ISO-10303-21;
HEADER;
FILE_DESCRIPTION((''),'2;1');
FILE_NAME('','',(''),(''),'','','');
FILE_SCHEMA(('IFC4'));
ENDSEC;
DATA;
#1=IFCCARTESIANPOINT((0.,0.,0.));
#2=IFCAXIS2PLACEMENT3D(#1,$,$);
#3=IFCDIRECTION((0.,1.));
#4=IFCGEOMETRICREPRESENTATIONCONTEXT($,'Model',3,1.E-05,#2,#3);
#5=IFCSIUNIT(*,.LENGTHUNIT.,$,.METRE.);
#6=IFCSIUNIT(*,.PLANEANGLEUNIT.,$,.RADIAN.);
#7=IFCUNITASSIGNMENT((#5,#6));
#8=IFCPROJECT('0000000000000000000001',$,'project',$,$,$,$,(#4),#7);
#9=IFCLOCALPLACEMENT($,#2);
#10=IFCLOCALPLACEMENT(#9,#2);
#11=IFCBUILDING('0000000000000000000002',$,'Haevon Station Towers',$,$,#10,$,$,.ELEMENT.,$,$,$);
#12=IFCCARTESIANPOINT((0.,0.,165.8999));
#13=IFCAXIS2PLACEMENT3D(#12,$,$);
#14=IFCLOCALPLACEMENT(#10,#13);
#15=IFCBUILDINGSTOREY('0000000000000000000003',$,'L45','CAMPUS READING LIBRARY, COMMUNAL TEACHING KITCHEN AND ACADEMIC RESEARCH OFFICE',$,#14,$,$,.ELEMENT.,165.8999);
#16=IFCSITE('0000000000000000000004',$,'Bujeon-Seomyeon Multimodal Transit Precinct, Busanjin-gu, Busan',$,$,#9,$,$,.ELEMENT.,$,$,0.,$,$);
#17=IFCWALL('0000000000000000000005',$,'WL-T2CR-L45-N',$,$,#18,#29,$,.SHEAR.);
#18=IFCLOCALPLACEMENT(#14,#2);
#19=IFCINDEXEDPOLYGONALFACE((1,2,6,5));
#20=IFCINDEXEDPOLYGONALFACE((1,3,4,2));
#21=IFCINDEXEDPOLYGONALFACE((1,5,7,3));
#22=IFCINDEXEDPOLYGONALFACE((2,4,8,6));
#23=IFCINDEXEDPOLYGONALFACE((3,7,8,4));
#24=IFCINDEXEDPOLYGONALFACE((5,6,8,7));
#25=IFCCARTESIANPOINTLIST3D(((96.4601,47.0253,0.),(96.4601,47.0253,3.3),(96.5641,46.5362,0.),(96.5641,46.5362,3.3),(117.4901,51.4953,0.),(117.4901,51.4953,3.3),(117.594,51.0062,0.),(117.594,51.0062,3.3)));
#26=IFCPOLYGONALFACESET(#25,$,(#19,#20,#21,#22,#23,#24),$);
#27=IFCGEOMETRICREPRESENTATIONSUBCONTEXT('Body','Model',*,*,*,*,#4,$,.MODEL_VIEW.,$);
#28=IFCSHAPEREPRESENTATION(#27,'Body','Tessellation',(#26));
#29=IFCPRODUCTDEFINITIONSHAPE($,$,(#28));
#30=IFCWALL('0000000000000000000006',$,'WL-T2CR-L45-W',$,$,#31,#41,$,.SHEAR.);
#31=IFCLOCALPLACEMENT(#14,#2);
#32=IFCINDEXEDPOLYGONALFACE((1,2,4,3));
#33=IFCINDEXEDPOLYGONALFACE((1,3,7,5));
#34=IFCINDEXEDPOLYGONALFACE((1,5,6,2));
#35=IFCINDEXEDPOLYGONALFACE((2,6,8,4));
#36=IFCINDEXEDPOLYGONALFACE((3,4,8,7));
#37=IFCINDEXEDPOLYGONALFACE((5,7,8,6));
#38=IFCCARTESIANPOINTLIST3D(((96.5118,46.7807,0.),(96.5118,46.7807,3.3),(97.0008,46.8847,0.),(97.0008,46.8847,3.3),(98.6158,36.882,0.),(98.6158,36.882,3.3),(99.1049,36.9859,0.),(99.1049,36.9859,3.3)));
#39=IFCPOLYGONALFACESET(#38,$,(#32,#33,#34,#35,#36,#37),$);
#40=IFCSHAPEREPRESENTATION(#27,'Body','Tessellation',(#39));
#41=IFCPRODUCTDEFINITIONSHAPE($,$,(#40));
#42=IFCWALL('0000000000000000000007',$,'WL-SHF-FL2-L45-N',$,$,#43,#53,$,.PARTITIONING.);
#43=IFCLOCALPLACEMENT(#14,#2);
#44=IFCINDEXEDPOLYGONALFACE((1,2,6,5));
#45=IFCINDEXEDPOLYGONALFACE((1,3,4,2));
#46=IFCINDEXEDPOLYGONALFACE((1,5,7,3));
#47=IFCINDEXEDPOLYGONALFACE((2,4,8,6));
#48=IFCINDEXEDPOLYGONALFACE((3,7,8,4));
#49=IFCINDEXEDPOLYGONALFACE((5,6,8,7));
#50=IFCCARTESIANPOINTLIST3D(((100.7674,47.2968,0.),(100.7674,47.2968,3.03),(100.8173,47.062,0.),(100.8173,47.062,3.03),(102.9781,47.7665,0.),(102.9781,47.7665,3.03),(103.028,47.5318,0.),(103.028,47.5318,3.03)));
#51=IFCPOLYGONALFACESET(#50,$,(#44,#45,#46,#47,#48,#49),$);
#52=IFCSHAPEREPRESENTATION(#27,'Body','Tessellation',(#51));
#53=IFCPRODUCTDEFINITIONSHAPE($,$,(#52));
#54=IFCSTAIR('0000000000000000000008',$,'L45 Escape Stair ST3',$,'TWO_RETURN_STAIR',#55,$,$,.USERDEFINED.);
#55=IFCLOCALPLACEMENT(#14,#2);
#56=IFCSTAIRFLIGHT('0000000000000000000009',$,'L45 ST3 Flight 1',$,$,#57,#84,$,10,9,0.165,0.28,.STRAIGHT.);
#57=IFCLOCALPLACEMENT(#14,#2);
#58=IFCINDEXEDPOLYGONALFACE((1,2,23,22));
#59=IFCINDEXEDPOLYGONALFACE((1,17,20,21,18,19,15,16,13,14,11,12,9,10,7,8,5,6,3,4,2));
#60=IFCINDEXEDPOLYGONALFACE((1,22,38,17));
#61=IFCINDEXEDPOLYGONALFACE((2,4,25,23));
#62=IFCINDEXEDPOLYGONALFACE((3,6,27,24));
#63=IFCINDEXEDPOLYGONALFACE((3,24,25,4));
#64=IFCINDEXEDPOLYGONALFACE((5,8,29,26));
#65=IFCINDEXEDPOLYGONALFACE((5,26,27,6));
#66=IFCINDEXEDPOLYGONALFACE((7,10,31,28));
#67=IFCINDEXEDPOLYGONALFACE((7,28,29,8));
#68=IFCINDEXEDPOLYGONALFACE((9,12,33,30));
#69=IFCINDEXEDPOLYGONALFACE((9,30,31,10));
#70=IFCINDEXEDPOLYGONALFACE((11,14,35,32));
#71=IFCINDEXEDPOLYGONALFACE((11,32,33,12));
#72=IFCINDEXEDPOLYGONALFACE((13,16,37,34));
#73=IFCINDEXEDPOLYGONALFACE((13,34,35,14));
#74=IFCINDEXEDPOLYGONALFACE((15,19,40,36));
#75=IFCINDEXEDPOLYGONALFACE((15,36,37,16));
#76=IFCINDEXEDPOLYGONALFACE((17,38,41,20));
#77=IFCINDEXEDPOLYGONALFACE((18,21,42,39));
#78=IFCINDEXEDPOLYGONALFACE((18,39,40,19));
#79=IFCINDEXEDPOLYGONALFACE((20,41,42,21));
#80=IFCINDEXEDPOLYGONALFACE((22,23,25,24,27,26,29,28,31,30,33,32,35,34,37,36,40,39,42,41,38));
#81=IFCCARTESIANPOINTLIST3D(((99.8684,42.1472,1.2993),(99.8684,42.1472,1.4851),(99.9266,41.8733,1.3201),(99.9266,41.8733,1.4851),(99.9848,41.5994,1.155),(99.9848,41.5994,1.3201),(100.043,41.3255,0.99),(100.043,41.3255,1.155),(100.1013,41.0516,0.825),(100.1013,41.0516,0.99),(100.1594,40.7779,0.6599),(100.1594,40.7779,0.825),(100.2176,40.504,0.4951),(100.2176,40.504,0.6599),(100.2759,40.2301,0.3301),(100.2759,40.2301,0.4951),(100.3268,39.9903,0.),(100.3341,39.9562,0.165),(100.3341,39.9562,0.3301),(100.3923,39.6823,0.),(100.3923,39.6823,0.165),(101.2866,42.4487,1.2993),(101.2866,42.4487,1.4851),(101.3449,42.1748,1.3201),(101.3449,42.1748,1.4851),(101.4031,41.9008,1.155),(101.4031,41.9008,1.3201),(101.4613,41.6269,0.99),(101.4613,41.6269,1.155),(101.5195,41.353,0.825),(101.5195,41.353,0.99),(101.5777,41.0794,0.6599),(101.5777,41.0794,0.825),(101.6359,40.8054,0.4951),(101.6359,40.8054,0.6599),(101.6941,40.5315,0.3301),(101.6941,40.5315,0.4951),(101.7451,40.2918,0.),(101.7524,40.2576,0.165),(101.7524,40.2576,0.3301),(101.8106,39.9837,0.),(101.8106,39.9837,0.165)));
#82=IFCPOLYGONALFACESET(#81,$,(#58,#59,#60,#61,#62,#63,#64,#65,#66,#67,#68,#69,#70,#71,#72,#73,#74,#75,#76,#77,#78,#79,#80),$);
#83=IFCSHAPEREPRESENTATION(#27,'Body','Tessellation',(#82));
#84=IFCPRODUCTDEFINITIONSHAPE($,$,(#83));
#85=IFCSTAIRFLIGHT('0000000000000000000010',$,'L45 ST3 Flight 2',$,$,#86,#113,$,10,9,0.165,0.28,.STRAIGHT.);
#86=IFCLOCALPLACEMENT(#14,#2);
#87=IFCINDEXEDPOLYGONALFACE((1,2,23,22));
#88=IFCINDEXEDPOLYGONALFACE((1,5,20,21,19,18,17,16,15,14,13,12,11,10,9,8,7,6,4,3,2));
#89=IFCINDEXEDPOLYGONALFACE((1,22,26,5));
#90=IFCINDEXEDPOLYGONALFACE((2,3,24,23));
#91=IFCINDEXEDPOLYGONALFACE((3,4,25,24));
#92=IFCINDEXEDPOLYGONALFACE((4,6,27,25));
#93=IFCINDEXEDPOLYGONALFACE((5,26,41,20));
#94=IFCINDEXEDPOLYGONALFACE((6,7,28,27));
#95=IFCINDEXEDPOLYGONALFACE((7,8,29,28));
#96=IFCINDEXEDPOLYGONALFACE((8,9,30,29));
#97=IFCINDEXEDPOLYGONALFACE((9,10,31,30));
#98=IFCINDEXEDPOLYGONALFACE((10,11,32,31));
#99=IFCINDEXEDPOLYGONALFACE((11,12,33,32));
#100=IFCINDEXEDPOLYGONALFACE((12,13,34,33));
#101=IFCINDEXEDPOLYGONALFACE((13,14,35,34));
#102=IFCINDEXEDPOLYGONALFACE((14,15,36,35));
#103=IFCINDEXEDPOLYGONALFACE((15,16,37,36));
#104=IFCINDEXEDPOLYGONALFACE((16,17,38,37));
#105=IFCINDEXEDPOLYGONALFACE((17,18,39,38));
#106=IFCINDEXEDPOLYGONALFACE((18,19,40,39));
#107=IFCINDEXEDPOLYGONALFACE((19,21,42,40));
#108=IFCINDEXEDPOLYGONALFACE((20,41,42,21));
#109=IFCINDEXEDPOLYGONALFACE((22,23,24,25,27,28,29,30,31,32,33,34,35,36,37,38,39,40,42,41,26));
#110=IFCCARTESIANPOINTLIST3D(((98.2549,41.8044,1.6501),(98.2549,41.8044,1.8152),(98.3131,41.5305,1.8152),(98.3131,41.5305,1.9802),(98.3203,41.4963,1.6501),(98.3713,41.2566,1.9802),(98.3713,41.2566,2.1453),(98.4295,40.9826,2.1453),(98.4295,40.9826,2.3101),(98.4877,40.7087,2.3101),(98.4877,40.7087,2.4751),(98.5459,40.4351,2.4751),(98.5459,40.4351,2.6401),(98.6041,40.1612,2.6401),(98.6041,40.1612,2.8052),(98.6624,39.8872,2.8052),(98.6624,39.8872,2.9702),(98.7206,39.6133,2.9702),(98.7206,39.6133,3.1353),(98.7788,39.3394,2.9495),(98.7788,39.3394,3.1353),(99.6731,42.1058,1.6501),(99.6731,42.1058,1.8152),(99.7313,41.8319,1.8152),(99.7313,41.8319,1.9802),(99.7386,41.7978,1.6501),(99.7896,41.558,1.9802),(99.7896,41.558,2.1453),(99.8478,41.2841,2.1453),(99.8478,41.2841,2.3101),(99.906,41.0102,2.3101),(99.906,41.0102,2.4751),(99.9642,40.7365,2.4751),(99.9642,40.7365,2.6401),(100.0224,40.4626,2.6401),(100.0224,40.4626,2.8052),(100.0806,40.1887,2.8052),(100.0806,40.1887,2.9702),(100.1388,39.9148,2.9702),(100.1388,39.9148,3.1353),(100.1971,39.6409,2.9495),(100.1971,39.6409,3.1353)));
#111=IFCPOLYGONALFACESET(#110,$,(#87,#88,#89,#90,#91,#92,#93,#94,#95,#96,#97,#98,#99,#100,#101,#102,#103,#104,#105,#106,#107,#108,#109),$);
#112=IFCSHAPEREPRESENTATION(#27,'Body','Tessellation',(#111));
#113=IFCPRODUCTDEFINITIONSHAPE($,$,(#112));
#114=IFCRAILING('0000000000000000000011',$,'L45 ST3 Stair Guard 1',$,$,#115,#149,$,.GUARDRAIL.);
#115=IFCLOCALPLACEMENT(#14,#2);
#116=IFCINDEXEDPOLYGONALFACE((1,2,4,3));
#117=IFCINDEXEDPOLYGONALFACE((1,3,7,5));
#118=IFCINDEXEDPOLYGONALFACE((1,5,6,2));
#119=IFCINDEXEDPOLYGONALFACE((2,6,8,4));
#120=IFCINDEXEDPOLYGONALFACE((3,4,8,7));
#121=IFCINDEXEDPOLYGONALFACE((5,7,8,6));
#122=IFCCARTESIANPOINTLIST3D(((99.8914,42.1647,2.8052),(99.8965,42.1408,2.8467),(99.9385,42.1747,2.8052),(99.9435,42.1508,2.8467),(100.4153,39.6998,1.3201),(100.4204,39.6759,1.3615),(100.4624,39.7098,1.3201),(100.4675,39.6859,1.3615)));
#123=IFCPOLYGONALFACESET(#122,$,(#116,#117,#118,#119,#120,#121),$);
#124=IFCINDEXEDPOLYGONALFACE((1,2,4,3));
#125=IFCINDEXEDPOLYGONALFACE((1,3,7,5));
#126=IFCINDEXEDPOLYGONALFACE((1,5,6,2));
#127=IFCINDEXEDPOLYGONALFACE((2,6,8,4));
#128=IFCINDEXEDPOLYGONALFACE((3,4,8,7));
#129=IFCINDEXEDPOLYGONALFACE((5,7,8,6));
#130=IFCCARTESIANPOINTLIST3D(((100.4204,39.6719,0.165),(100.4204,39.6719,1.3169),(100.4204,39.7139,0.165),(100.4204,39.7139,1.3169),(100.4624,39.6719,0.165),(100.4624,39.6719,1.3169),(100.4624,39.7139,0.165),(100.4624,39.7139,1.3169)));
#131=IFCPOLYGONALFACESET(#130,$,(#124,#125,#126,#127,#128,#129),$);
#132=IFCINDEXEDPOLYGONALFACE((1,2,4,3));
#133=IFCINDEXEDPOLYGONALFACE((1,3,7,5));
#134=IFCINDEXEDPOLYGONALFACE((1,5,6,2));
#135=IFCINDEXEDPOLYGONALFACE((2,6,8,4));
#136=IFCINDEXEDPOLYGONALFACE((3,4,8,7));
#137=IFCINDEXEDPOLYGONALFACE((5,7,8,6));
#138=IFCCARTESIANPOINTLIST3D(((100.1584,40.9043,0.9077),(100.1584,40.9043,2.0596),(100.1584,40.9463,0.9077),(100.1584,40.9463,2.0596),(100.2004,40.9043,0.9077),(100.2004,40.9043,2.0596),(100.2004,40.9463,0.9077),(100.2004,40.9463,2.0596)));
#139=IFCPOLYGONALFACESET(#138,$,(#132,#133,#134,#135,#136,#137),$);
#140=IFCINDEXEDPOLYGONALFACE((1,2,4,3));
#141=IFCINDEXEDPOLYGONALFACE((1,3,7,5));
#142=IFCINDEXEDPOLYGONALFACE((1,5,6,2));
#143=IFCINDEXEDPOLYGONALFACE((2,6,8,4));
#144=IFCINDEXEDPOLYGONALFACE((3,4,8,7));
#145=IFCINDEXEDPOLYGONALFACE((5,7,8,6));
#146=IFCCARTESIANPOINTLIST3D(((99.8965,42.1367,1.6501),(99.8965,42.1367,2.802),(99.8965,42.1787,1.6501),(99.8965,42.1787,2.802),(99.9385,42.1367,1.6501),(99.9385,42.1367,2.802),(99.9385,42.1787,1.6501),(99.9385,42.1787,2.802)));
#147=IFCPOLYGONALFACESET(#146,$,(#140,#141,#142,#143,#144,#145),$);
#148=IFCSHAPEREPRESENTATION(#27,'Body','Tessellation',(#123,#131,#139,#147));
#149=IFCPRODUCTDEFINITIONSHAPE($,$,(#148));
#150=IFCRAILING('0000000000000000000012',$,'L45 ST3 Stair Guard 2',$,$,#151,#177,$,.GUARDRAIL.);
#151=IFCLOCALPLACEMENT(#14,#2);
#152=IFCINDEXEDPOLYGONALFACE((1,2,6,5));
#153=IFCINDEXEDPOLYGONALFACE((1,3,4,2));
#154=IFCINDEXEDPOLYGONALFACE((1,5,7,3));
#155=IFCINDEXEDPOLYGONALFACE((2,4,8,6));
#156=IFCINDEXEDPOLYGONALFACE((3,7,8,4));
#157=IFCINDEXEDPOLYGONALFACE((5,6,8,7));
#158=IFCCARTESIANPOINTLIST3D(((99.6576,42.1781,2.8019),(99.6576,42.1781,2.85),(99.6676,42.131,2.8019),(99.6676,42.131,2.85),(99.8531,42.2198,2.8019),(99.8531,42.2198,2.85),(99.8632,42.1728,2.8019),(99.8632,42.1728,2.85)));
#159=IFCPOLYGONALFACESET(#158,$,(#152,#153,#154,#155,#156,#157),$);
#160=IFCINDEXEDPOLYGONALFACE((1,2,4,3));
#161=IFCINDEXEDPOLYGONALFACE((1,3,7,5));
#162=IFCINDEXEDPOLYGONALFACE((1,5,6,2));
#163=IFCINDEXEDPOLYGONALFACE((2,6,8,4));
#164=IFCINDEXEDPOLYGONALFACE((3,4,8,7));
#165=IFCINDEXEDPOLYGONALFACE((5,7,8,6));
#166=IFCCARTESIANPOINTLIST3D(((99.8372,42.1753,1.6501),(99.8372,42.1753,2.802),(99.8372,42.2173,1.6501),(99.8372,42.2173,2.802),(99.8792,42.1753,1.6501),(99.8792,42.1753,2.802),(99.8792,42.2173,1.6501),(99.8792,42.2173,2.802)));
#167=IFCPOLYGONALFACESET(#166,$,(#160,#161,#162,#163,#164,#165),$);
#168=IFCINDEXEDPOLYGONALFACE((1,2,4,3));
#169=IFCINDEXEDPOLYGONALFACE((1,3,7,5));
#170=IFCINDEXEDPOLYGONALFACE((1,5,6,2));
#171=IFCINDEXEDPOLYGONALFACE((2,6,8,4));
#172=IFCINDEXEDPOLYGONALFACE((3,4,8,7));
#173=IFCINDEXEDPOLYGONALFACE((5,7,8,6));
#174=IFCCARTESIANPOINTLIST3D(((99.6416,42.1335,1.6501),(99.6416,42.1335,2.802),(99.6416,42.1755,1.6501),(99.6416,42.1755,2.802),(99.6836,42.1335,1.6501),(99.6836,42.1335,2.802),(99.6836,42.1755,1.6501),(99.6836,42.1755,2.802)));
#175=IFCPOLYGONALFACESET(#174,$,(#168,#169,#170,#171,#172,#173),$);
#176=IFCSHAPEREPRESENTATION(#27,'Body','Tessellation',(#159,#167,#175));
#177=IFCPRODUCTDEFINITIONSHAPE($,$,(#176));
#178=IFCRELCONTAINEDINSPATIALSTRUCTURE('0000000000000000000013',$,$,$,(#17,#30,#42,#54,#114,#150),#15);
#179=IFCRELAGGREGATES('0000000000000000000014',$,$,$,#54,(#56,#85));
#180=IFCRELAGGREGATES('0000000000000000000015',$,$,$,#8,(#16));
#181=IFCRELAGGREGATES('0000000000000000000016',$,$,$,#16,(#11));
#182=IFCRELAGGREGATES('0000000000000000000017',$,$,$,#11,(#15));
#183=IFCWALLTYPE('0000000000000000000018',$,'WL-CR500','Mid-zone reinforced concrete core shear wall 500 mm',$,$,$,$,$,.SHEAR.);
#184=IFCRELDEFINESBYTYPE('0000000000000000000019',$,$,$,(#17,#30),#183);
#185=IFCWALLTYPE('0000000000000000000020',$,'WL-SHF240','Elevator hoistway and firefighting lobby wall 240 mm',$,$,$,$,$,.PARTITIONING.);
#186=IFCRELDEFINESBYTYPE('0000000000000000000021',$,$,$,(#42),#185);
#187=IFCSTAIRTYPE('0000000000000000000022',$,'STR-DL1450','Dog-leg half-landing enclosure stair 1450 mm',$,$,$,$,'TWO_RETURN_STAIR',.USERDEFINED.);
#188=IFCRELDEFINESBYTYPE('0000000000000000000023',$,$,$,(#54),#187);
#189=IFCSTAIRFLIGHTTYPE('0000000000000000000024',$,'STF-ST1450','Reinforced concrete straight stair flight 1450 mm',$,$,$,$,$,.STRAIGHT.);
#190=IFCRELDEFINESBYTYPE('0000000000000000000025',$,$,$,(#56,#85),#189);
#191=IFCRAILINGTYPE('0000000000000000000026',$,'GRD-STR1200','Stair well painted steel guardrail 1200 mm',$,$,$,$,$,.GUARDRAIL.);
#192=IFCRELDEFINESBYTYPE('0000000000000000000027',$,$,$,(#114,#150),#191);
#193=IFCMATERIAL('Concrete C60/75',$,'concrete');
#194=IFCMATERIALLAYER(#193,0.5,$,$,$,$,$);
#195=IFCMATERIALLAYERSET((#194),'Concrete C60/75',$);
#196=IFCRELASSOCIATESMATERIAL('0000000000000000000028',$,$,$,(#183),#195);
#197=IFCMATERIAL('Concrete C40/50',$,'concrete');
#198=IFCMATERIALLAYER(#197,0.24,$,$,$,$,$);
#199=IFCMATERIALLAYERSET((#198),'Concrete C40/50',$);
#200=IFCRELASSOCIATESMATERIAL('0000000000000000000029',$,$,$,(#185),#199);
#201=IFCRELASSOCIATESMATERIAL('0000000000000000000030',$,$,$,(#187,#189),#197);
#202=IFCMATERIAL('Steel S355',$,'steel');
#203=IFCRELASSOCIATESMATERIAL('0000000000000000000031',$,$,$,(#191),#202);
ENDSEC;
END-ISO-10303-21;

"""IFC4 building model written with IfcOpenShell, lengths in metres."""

from ifc_helpers import new_model, si_unit, direction, frame, frame_2d, origin, origin_2d, place, context, subcontext, project, spatial, polyline, rectangle, outline, extrude, material, layer, layer_set, type_object, element, aggregate, save


model = new_model("IFC4")

# Units and contexts
model_context = context("Model", 3, precision=1e-05, world=origin(), true_north=direction((0.0, 1.0)))
body_context = subcontext(model_context, "Body", "Model", "MODEL_VIEW")
ifc_project = project(units=[si_unit("LENGTHUNIT", "METRE"), si_unit("PLANEANGLEUNIT", "RADIAN")], contexts=[model_context])

# Site, building, storey
site_placement = place(None, origin())
site = spatial("IfcSite", under=ifc_project, at=site_placement, Name="Bujeon-Seomyeon Multimodal Transit Precinct, Busanjin-gu, Busan", CompositionType="ELEMENT", RefElevation=0.0)
building_placement = place(site_placement, origin())
building = spatial("IfcBuilding", under=site, at=building_placement, Name="Haevon Station Towers", CompositionType="ELEMENT")
storey_placement = place(building_placement, frame((0.0, 0.0, 165.8999)))
storey = spatial("IfcBuildingStorey", under=building, at=storey_placement, Name="L45", Description="CAMPUS READING LIBRARY, COMMUNAL TEACHING KITCHEN AND ACADEMIC RESEARCH OFFICE", CompositionType="ELEMENT", Elevation=165.8999)

# Shared definitions
ifc_material_1 = material(Name="Steel S355", Category="steel")

# Walls
ifc_material_2 = material(Name="Concrete C60/75", Category="concrete")
ifc_layer_1 = layer(ifc_material_2, 0.5)
ifc_layer_set_1 = layer_set([ifc_layer_1], Name="Concrete C60/75")
wall_type_1 = type_object("IfcWallType", Name="WL-CR500", Description="Mid-zone reinforced concrete core shear wall 500 mm", PredefinedType="SHEAR", material=ifc_layer_set_1)
wall_1_placement = place(storey_placement, frame((96.512, 46.7808, 0.0), z_axis=(0.0, 0.0, 1.0), x_axis=(0.978149, 0.207907, 0.0)))
element("IfcWall", 1, at=wall_1_placement, inside=storey, type_object=wall_type_1, Name="WL-T2CR-L45-N", PredefinedType="SHEAR", context=body_context, shape_type="SweptSolid", body=[
    extrude(rectangle(XDim=21.4998, YDim=0.5, at=frame_2d((10.75, 0.0))), origin(), (0.0, 0.0, 1.0), 3.3),
])
wall_2_placement = place(storey_placement, frame((98.8604, 36.9338, 0.0), z_axis=(0.0, 0.0, 1.0), x_axis=(-0.207909, 0.978148, 0.0)))
element("IfcWall", 2, at=wall_2_placement, inside=storey, type_object=wall_type_1, Name="WL-T2CR-L45-W", PredefinedType="SHEAR", context=body_context, shape_type="SweptSolid", body=[
    extrude(rectangle(XDim=10.1199, YDim=0.5, at=frame_2d((5.0601, 0.0))), origin(), (0.0, 0.0, 1.0), 3.3),
])

# Shared definitions
ifc_material_3 = material(Name="Concrete C40/50", Category="concrete")
ifc_layer_2 = layer(ifc_material_3, 0.24)
ifc_layer_set_2 = layer_set([ifc_layer_2], Name="Concrete C40/50")
wall_type_2 = type_object("IfcWallType", Name="WL-SHF240", Description="Elevator hoistway and firefighting lobby wall 240 mm", PredefinedType="PARTITIONING", material=ifc_layer_set_2)

# Wall
wall_3_placement = place(storey_placement, frame((100.7925, 47.1794, 0.0), z_axis=(0.0, 0.0, 1.0), x_axis=(0.978163, 0.207839, 0.0)))
element("IfcWall", 3, at=wall_3_placement, inside=storey, type_object=wall_type_2, Name="WL-SHF-FL2-L45-N", PredefinedType="PARTITIONING", context=body_context, shape_type="SweptSolid", body=[
    extrude(rectangle(XDim=2.26, YDim=0.24, at=frame_2d((1.1299, 0.0))), origin(), (0.0, 0.0, 1.0), 3.03),
])

# Stair, stair flights
stair_type = type_object("IfcStairType", Name="STR-DL1450", Description="Dog-leg half-landing enclosure stair 1450 mm", ElementType="TWO_RETURN_STAIR", PredefinedType="USERDEFINED", material=ifc_material_3)
stair_placement = place(storey_placement, origin())
stair = element("IfcStair", 4, at=stair_placement, inside=storey, type_object=stair_type, Name="L45 Escape Stair ST3", ObjectType="TWO_RETURN_STAIR", PredefinedType="USERDEFINED")
stair_flight_type = type_object("IfcStairFlightType", Name="STF-ST1450", Description="Reinforced concrete straight stair flight 1450 mm", PredefinedType="STRAIGHT", material=ifc_material_3)
stair_flight_1_placement = place(storey_placement, frame((101.1016, 39.833, 0.0), z_axis=(0.0, 0.0, 1.0), x_axis=(-0.207912, 0.978148, 0.0)))
stair_flight_1 = element("IfcStairFlight", 5, at=stair_flight_1_placement, type_object=stair_flight_type, Name="L45 ST3 Flight 1", NumberOfRisers=10, NumberOfTreads=9, PredefinedType="STRAIGHT", RiserHeight=0.165, TreadLength=0.28, context=body_context, shape_type="SweptSolid", body=[
    extrude(outline(polyline([(0.0, 0.0), (0.0, 0.165), (0.28, 0.165), (0.28, 0.3301), (0.5601, 0.3301), (0.5601, 0.4951), (0.8401, 0.4951), (0.8401, 0.6599), (1.1201, 0.6599), (1.1201, 0.825), (1.3999, 0.825), (1.3999, 0.99), (1.6799, 0.99), (1.6799, 1.155), (1.96, 1.155), (1.96, 1.3201), (2.24, 1.3201), (2.24, 1.4851), (2.52, 1.4851), (2.52, 1.6499), (2.52, 1.2993), (0.3149, 0.0), (0.0, 0.0)])), frame((0.0, 0.7251, 0.0), z_axis=(0.0, -1.0, 0.0), x_axis=(1.0, 0.0, 0.0)), (0.0, 0.0, 1.0), 1.45),
])
stair_flight_2_placement = place(storey_placement, frame((98.9639, 41.9551, 1.6501), z_axis=(0.0, 0.0, 1.0), x_axis=(0.207912, -0.978148, 0.0)))
stair_flight_2 = element("IfcStairFlight", 6, at=stair_flight_2_placement, type_object=stair_flight_type, Name="L45 ST3 Flight 2", NumberOfRisers=10, NumberOfTreads=9, PredefinedType="STRAIGHT", RiserHeight=0.165, TreadLength=0.28, context=body_context, shape_type="SweptSolid", body=[
    extrude(outline(polyline([(0.0, 0.0), (0.0, 0.165), (0.28, 0.165), (0.28, 0.3301), (0.5601, 0.3301), (0.5601, 0.4951), (0.8401, 0.4951), (0.8401, 0.6599), (1.1201, 0.6599), (1.1201, 0.825), (1.3999, 0.825), (1.3999, 0.99), (1.6799, 0.99), (1.6799, 1.155), (1.96, 1.155), (1.96, 1.3201), (2.24, 1.3201), (2.24, 1.4851), (2.52, 1.4851), (2.52, 1.6499), (2.52, 1.2993), (0.3149, 0.0), (0.0, 0.0)])), frame((0.0, 0.7251, 0.0), z_axis=(0.0, -1.0, 0.0), x_axis=(1.0, 0.0, 0.0)), (0.0, 0.0, 1.0), 1.45),
])
aggregate(stair, [stair_flight_1, stair_flight_2])

# Railings
railing_type_1 = type_object("IfcRailingType", Name="GRD-STR1200", Description="Stair well painted steel guardrail 1200 mm", PredefinedType="GUARDRAIL", material=ifc_material_1)
railing_1_placement = place(storey_placement, frame((100.4414, 39.6929, 0.165)))
element("IfcRailing", 7, at=railing_1_placement, inside=storey, type_object=railing_type_1, Name="L45 ST3 Stair Guard 1", PredefinedType="GUARDRAIL", context=body_context, shape_type="SweptSolid", body=[
    extrude(rectangle(XDim=0.0481, YDim=0.0481, at=origin_2d()), frame((0.0, 0.0, 1.1758), z_axis=(-0.179121, 0.842688, 0.507733), x_axis=(-0.978147, -0.207914, 0.0)), (0.0, 0.0, 1.0), 2.925),
    extrude(rectangle(XDim=0.042, YDim=0.042, at=origin_2d()), origin(), (0.0, 0.0, 1.0), 1.1519),
    extrude(rectangle(XDim=0.042, YDim=0.042, at=origin_2d()), frame((-0.262, 1.2324, 0.7427)), (0.0, 0.0, 1.0), 1.1519),
    extrude(rectangle(XDim=0.042, YDim=0.042, at=origin_2d()), frame((-0.5239, 2.4648, 1.4851)), (0.0, 0.0, 1.0), 1.1519),
])
railing_2_placement = place(storey_placement, frame((99.8582, 42.1963, 1.6501)))
element("IfcRailing", 8, at=railing_2_placement, inside=storey, type_object=railing_type_1, Name="L45 ST3 Stair Guard 2", PredefinedType="GUARDRAIL", context=body_context, shape_type="SweptSolid", body=[
    extrude(rectangle(XDim=0.0481, YDim=0.0481, at=origin_2d()), frame((0.0, 0.0, 1.1758), z_axis=(-0.977963, -0.208779, 0.0), x_axis=(0.208779, -0.977963, 0.0)), (0.0, 0.0, 1.0), 0.2),
    extrude(rectangle(XDim=0.042, YDim=0.042, at=origin_2d()), origin(), (0.0, 0.0, 1.0), 1.1519),
    extrude(rectangle(XDim=0.042, YDim=0.042, at=origin_2d()), frame((-0.1956, -0.0417, 0.0)), (0.0, 0.0, 1.0), 1.1519),
])

save(model, "model.ifc")
